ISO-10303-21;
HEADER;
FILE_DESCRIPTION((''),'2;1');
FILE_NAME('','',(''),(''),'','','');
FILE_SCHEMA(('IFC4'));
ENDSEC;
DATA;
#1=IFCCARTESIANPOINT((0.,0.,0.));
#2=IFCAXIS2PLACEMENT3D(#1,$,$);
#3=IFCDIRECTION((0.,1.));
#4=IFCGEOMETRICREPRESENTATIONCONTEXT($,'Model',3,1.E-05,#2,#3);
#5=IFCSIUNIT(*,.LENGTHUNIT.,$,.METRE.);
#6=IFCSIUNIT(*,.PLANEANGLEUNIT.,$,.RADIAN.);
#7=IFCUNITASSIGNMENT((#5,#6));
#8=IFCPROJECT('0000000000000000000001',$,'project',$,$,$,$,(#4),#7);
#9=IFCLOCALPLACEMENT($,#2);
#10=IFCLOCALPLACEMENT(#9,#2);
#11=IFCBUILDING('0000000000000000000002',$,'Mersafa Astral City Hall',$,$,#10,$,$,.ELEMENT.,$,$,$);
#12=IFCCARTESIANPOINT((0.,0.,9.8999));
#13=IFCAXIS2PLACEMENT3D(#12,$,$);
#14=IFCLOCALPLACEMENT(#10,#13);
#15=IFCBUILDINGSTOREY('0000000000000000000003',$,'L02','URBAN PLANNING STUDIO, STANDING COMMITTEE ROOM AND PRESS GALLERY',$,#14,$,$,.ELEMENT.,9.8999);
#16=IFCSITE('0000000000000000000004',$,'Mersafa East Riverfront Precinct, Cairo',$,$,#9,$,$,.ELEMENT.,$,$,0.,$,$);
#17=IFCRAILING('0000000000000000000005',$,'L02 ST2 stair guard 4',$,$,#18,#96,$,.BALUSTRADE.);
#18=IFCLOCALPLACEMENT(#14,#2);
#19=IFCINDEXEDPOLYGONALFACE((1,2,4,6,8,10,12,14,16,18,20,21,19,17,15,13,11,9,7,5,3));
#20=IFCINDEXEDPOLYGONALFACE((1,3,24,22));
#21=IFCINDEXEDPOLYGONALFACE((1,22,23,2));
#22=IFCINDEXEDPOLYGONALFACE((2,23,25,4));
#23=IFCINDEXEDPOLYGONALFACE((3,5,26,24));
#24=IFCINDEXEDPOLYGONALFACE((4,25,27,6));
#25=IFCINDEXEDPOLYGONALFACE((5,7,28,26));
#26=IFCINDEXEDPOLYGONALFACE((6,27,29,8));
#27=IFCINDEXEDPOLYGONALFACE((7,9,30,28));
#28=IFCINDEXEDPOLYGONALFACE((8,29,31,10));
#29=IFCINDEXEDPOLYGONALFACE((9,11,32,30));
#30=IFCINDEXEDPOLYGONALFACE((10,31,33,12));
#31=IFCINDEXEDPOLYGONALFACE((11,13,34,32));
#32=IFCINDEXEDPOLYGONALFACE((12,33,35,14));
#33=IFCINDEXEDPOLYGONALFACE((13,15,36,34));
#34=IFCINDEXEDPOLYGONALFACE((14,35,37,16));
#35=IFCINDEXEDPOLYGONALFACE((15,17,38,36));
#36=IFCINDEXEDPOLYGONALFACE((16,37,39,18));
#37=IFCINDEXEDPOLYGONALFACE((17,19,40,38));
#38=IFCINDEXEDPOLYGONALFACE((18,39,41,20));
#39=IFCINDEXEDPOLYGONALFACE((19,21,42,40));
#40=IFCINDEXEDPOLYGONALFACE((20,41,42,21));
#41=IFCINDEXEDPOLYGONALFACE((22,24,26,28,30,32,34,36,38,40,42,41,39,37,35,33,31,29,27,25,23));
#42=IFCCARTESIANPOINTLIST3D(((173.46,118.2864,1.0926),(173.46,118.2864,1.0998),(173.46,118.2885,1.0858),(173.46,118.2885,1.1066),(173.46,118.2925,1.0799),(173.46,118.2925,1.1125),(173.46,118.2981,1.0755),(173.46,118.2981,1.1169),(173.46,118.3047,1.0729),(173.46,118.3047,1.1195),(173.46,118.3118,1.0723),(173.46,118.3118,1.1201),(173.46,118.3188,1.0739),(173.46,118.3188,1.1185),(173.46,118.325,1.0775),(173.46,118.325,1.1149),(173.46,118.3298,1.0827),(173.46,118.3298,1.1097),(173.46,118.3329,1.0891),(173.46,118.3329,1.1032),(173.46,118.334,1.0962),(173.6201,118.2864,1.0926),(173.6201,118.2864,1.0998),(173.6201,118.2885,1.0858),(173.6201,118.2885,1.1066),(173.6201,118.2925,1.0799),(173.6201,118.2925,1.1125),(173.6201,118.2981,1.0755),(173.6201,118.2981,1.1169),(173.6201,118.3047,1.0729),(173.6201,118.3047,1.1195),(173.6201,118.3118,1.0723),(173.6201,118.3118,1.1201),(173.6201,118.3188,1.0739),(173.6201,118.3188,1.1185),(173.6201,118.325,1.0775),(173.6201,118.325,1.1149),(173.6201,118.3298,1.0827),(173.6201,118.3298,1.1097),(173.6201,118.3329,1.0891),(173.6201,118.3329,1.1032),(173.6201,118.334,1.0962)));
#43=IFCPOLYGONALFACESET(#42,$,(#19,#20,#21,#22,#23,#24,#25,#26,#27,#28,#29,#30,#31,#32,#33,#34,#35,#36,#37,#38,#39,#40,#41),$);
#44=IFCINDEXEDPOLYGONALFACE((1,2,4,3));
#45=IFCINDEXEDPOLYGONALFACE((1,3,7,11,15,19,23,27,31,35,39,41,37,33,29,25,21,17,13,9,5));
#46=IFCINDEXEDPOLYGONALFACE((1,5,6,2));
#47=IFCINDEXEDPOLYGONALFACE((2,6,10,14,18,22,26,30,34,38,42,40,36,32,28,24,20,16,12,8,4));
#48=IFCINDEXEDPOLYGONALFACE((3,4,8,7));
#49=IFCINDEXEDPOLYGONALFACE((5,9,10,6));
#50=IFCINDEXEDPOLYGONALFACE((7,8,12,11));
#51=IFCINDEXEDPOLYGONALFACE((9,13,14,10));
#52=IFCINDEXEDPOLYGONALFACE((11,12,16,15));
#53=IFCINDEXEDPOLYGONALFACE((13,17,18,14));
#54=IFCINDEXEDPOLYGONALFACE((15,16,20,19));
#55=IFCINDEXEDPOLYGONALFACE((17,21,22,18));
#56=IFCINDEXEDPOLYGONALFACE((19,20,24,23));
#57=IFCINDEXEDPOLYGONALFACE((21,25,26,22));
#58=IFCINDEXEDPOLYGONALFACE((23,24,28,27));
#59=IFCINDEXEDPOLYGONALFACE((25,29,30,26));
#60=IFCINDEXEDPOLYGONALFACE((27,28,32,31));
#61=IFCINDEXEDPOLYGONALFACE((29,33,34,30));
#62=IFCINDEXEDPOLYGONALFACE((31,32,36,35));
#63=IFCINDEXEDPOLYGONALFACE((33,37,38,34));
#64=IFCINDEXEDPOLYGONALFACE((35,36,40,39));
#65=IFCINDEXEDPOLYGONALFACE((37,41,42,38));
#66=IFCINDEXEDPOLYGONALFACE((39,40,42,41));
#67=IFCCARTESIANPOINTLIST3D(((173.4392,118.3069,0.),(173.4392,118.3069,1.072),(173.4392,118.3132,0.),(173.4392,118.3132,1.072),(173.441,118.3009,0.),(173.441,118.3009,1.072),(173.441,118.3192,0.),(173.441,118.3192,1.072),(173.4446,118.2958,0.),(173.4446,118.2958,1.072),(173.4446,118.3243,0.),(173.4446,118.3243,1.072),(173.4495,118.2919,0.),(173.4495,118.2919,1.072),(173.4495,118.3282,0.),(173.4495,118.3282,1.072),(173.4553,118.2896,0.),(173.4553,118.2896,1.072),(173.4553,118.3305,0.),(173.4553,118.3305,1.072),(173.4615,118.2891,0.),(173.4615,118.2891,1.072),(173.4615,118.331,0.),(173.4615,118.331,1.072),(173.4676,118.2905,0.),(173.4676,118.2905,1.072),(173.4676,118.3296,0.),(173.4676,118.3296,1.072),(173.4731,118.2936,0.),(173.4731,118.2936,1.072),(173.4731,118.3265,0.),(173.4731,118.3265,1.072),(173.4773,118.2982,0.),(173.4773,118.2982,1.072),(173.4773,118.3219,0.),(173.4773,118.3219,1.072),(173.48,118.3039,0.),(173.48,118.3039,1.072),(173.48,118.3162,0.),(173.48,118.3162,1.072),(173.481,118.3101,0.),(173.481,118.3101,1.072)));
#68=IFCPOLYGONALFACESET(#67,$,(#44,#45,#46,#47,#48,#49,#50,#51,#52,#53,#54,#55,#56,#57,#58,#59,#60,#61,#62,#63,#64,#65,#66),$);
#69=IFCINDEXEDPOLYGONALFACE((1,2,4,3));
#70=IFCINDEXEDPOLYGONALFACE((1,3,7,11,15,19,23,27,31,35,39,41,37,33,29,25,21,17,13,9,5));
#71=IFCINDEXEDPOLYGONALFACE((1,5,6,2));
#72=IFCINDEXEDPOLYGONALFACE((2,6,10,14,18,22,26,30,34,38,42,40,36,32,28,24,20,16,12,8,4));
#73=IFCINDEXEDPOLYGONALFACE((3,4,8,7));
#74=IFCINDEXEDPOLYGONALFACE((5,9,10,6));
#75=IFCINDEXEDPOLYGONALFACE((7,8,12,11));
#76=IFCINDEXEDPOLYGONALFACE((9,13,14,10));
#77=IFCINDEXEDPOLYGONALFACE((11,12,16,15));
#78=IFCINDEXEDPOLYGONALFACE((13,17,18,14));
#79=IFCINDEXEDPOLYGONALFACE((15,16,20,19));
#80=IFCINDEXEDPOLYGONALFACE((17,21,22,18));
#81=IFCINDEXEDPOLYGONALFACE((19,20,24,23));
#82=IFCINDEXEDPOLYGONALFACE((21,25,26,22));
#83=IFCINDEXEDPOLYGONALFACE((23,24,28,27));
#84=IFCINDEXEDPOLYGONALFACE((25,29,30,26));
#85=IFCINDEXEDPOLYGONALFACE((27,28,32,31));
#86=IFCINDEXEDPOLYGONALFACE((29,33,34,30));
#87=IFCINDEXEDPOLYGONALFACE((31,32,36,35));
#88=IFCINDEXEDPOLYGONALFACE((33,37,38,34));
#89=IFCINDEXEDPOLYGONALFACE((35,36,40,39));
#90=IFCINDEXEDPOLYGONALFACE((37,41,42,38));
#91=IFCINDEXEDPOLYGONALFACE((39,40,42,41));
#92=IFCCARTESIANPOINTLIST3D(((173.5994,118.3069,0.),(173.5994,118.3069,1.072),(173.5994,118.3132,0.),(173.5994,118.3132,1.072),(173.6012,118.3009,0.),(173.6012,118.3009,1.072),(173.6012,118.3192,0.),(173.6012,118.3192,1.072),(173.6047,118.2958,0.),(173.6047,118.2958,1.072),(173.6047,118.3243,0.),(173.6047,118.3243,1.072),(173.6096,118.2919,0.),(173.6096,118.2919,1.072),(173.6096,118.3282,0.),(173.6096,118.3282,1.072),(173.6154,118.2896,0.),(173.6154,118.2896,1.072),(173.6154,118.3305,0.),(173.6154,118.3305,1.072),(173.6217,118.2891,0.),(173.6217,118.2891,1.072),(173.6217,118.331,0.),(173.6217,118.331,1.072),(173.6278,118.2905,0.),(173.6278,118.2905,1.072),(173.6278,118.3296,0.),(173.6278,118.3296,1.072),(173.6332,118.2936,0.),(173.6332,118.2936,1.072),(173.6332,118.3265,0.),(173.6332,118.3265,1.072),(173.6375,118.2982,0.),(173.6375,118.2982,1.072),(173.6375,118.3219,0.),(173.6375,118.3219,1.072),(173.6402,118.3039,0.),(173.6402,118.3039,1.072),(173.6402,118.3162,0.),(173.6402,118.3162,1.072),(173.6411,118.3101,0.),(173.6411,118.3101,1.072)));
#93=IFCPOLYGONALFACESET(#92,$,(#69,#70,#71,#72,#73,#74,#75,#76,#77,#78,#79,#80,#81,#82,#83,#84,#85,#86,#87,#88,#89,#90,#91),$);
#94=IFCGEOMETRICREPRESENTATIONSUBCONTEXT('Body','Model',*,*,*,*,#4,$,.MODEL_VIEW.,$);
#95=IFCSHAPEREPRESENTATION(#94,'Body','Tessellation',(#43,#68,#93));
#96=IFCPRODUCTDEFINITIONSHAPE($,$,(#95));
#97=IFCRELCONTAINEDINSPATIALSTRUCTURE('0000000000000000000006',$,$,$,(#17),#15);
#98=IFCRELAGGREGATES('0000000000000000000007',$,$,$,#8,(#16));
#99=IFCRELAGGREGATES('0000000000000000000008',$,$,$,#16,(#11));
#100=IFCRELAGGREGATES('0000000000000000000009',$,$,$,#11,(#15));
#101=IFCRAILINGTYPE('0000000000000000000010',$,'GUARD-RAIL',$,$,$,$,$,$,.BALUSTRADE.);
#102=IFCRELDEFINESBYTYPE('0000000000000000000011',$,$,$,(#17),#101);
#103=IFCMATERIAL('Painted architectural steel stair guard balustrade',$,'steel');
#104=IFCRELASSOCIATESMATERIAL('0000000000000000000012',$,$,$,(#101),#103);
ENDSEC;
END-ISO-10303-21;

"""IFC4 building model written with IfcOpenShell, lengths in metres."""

from ifc_helpers import new_model, si_unit, direction, frame, origin, origin_2d, place, context, subcontext, project, spatial, circle, extrude, material, type_object, element, save


model = new_model("IFC4")

# Units and contexts
model_context = context("Model", 3, precision=1e-05, world=origin(), true_north=direction((0.0, 1.0)))
body_context = subcontext(model_context, "Body", "Model", "MODEL_VIEW")
ifc_project = project(units=[si_unit("LENGTHUNIT", "METRE"), si_unit("PLANEANGLEUNIT", "RADIAN")], contexts=[model_context])

# Site, building, storey
site_placement = place(None, origin())
site = spatial("IfcSite", under=ifc_project, at=site_placement, Name="Mersafa East Riverfront Precinct, Cairo", CompositionType="ELEMENT", RefElevation=0.0)
building_placement = place(site_placement, origin())
building = spatial("IfcBuilding", under=site, at=building_placement, Name="Mersafa Astral City Hall", CompositionType="ELEMENT")
storey_placement = place(building_placement, frame((0.0, 0.0, 9.8999)))
storey = spatial("IfcBuildingStorey", under=building, at=storey_placement, Name="L02", Description="URBAN PLANNING STUDIO, STANDING COMMITTEE ROOM AND PRESS GALLERY", CompositionType="ELEMENT", Elevation=9.8999)

# Railing
ifc_material_1 = material(Name="Painted architectural steel stair guard balustrade", Category="steel")
railing_type_1 = type_object("IfcRailingType", Name="GUARD-RAIL", PredefinedType="BALUSTRADE", material=ifc_material_1)
railing_1_placement = place(storey_placement, frame((173.46, 118.3101, 0.0)))
element("IfcRailing", 1, at=railing_1_placement, inside=storey, type_object=railing_type_1, Name="L02 ST2 stair guard 4", PredefinedType="BALUSTRADE", context=body_context, shape_type="SweptSolid", body=[
    extrude(circle(Radius=0.0239, at=origin_2d()), frame((0.0, 0.0, 1.0962), z_axis=(1.0, 0.0, 0.0), x_axis=(0.0, 1.0, 0.0)), (0.0, 0.0, 1.0), 0.1602),
    extrude(circle(Radius=0.021, at=origin_2d()), origin(), (0.0, 0.0, 1.0), 1.072),
    extrude(circle(Radius=0.021, at=origin_2d()), frame((0.1602, 0.0, 0.0)), (0.0, 0.0, 1.0), 1.072),
])

save(model, "model.ifc")
